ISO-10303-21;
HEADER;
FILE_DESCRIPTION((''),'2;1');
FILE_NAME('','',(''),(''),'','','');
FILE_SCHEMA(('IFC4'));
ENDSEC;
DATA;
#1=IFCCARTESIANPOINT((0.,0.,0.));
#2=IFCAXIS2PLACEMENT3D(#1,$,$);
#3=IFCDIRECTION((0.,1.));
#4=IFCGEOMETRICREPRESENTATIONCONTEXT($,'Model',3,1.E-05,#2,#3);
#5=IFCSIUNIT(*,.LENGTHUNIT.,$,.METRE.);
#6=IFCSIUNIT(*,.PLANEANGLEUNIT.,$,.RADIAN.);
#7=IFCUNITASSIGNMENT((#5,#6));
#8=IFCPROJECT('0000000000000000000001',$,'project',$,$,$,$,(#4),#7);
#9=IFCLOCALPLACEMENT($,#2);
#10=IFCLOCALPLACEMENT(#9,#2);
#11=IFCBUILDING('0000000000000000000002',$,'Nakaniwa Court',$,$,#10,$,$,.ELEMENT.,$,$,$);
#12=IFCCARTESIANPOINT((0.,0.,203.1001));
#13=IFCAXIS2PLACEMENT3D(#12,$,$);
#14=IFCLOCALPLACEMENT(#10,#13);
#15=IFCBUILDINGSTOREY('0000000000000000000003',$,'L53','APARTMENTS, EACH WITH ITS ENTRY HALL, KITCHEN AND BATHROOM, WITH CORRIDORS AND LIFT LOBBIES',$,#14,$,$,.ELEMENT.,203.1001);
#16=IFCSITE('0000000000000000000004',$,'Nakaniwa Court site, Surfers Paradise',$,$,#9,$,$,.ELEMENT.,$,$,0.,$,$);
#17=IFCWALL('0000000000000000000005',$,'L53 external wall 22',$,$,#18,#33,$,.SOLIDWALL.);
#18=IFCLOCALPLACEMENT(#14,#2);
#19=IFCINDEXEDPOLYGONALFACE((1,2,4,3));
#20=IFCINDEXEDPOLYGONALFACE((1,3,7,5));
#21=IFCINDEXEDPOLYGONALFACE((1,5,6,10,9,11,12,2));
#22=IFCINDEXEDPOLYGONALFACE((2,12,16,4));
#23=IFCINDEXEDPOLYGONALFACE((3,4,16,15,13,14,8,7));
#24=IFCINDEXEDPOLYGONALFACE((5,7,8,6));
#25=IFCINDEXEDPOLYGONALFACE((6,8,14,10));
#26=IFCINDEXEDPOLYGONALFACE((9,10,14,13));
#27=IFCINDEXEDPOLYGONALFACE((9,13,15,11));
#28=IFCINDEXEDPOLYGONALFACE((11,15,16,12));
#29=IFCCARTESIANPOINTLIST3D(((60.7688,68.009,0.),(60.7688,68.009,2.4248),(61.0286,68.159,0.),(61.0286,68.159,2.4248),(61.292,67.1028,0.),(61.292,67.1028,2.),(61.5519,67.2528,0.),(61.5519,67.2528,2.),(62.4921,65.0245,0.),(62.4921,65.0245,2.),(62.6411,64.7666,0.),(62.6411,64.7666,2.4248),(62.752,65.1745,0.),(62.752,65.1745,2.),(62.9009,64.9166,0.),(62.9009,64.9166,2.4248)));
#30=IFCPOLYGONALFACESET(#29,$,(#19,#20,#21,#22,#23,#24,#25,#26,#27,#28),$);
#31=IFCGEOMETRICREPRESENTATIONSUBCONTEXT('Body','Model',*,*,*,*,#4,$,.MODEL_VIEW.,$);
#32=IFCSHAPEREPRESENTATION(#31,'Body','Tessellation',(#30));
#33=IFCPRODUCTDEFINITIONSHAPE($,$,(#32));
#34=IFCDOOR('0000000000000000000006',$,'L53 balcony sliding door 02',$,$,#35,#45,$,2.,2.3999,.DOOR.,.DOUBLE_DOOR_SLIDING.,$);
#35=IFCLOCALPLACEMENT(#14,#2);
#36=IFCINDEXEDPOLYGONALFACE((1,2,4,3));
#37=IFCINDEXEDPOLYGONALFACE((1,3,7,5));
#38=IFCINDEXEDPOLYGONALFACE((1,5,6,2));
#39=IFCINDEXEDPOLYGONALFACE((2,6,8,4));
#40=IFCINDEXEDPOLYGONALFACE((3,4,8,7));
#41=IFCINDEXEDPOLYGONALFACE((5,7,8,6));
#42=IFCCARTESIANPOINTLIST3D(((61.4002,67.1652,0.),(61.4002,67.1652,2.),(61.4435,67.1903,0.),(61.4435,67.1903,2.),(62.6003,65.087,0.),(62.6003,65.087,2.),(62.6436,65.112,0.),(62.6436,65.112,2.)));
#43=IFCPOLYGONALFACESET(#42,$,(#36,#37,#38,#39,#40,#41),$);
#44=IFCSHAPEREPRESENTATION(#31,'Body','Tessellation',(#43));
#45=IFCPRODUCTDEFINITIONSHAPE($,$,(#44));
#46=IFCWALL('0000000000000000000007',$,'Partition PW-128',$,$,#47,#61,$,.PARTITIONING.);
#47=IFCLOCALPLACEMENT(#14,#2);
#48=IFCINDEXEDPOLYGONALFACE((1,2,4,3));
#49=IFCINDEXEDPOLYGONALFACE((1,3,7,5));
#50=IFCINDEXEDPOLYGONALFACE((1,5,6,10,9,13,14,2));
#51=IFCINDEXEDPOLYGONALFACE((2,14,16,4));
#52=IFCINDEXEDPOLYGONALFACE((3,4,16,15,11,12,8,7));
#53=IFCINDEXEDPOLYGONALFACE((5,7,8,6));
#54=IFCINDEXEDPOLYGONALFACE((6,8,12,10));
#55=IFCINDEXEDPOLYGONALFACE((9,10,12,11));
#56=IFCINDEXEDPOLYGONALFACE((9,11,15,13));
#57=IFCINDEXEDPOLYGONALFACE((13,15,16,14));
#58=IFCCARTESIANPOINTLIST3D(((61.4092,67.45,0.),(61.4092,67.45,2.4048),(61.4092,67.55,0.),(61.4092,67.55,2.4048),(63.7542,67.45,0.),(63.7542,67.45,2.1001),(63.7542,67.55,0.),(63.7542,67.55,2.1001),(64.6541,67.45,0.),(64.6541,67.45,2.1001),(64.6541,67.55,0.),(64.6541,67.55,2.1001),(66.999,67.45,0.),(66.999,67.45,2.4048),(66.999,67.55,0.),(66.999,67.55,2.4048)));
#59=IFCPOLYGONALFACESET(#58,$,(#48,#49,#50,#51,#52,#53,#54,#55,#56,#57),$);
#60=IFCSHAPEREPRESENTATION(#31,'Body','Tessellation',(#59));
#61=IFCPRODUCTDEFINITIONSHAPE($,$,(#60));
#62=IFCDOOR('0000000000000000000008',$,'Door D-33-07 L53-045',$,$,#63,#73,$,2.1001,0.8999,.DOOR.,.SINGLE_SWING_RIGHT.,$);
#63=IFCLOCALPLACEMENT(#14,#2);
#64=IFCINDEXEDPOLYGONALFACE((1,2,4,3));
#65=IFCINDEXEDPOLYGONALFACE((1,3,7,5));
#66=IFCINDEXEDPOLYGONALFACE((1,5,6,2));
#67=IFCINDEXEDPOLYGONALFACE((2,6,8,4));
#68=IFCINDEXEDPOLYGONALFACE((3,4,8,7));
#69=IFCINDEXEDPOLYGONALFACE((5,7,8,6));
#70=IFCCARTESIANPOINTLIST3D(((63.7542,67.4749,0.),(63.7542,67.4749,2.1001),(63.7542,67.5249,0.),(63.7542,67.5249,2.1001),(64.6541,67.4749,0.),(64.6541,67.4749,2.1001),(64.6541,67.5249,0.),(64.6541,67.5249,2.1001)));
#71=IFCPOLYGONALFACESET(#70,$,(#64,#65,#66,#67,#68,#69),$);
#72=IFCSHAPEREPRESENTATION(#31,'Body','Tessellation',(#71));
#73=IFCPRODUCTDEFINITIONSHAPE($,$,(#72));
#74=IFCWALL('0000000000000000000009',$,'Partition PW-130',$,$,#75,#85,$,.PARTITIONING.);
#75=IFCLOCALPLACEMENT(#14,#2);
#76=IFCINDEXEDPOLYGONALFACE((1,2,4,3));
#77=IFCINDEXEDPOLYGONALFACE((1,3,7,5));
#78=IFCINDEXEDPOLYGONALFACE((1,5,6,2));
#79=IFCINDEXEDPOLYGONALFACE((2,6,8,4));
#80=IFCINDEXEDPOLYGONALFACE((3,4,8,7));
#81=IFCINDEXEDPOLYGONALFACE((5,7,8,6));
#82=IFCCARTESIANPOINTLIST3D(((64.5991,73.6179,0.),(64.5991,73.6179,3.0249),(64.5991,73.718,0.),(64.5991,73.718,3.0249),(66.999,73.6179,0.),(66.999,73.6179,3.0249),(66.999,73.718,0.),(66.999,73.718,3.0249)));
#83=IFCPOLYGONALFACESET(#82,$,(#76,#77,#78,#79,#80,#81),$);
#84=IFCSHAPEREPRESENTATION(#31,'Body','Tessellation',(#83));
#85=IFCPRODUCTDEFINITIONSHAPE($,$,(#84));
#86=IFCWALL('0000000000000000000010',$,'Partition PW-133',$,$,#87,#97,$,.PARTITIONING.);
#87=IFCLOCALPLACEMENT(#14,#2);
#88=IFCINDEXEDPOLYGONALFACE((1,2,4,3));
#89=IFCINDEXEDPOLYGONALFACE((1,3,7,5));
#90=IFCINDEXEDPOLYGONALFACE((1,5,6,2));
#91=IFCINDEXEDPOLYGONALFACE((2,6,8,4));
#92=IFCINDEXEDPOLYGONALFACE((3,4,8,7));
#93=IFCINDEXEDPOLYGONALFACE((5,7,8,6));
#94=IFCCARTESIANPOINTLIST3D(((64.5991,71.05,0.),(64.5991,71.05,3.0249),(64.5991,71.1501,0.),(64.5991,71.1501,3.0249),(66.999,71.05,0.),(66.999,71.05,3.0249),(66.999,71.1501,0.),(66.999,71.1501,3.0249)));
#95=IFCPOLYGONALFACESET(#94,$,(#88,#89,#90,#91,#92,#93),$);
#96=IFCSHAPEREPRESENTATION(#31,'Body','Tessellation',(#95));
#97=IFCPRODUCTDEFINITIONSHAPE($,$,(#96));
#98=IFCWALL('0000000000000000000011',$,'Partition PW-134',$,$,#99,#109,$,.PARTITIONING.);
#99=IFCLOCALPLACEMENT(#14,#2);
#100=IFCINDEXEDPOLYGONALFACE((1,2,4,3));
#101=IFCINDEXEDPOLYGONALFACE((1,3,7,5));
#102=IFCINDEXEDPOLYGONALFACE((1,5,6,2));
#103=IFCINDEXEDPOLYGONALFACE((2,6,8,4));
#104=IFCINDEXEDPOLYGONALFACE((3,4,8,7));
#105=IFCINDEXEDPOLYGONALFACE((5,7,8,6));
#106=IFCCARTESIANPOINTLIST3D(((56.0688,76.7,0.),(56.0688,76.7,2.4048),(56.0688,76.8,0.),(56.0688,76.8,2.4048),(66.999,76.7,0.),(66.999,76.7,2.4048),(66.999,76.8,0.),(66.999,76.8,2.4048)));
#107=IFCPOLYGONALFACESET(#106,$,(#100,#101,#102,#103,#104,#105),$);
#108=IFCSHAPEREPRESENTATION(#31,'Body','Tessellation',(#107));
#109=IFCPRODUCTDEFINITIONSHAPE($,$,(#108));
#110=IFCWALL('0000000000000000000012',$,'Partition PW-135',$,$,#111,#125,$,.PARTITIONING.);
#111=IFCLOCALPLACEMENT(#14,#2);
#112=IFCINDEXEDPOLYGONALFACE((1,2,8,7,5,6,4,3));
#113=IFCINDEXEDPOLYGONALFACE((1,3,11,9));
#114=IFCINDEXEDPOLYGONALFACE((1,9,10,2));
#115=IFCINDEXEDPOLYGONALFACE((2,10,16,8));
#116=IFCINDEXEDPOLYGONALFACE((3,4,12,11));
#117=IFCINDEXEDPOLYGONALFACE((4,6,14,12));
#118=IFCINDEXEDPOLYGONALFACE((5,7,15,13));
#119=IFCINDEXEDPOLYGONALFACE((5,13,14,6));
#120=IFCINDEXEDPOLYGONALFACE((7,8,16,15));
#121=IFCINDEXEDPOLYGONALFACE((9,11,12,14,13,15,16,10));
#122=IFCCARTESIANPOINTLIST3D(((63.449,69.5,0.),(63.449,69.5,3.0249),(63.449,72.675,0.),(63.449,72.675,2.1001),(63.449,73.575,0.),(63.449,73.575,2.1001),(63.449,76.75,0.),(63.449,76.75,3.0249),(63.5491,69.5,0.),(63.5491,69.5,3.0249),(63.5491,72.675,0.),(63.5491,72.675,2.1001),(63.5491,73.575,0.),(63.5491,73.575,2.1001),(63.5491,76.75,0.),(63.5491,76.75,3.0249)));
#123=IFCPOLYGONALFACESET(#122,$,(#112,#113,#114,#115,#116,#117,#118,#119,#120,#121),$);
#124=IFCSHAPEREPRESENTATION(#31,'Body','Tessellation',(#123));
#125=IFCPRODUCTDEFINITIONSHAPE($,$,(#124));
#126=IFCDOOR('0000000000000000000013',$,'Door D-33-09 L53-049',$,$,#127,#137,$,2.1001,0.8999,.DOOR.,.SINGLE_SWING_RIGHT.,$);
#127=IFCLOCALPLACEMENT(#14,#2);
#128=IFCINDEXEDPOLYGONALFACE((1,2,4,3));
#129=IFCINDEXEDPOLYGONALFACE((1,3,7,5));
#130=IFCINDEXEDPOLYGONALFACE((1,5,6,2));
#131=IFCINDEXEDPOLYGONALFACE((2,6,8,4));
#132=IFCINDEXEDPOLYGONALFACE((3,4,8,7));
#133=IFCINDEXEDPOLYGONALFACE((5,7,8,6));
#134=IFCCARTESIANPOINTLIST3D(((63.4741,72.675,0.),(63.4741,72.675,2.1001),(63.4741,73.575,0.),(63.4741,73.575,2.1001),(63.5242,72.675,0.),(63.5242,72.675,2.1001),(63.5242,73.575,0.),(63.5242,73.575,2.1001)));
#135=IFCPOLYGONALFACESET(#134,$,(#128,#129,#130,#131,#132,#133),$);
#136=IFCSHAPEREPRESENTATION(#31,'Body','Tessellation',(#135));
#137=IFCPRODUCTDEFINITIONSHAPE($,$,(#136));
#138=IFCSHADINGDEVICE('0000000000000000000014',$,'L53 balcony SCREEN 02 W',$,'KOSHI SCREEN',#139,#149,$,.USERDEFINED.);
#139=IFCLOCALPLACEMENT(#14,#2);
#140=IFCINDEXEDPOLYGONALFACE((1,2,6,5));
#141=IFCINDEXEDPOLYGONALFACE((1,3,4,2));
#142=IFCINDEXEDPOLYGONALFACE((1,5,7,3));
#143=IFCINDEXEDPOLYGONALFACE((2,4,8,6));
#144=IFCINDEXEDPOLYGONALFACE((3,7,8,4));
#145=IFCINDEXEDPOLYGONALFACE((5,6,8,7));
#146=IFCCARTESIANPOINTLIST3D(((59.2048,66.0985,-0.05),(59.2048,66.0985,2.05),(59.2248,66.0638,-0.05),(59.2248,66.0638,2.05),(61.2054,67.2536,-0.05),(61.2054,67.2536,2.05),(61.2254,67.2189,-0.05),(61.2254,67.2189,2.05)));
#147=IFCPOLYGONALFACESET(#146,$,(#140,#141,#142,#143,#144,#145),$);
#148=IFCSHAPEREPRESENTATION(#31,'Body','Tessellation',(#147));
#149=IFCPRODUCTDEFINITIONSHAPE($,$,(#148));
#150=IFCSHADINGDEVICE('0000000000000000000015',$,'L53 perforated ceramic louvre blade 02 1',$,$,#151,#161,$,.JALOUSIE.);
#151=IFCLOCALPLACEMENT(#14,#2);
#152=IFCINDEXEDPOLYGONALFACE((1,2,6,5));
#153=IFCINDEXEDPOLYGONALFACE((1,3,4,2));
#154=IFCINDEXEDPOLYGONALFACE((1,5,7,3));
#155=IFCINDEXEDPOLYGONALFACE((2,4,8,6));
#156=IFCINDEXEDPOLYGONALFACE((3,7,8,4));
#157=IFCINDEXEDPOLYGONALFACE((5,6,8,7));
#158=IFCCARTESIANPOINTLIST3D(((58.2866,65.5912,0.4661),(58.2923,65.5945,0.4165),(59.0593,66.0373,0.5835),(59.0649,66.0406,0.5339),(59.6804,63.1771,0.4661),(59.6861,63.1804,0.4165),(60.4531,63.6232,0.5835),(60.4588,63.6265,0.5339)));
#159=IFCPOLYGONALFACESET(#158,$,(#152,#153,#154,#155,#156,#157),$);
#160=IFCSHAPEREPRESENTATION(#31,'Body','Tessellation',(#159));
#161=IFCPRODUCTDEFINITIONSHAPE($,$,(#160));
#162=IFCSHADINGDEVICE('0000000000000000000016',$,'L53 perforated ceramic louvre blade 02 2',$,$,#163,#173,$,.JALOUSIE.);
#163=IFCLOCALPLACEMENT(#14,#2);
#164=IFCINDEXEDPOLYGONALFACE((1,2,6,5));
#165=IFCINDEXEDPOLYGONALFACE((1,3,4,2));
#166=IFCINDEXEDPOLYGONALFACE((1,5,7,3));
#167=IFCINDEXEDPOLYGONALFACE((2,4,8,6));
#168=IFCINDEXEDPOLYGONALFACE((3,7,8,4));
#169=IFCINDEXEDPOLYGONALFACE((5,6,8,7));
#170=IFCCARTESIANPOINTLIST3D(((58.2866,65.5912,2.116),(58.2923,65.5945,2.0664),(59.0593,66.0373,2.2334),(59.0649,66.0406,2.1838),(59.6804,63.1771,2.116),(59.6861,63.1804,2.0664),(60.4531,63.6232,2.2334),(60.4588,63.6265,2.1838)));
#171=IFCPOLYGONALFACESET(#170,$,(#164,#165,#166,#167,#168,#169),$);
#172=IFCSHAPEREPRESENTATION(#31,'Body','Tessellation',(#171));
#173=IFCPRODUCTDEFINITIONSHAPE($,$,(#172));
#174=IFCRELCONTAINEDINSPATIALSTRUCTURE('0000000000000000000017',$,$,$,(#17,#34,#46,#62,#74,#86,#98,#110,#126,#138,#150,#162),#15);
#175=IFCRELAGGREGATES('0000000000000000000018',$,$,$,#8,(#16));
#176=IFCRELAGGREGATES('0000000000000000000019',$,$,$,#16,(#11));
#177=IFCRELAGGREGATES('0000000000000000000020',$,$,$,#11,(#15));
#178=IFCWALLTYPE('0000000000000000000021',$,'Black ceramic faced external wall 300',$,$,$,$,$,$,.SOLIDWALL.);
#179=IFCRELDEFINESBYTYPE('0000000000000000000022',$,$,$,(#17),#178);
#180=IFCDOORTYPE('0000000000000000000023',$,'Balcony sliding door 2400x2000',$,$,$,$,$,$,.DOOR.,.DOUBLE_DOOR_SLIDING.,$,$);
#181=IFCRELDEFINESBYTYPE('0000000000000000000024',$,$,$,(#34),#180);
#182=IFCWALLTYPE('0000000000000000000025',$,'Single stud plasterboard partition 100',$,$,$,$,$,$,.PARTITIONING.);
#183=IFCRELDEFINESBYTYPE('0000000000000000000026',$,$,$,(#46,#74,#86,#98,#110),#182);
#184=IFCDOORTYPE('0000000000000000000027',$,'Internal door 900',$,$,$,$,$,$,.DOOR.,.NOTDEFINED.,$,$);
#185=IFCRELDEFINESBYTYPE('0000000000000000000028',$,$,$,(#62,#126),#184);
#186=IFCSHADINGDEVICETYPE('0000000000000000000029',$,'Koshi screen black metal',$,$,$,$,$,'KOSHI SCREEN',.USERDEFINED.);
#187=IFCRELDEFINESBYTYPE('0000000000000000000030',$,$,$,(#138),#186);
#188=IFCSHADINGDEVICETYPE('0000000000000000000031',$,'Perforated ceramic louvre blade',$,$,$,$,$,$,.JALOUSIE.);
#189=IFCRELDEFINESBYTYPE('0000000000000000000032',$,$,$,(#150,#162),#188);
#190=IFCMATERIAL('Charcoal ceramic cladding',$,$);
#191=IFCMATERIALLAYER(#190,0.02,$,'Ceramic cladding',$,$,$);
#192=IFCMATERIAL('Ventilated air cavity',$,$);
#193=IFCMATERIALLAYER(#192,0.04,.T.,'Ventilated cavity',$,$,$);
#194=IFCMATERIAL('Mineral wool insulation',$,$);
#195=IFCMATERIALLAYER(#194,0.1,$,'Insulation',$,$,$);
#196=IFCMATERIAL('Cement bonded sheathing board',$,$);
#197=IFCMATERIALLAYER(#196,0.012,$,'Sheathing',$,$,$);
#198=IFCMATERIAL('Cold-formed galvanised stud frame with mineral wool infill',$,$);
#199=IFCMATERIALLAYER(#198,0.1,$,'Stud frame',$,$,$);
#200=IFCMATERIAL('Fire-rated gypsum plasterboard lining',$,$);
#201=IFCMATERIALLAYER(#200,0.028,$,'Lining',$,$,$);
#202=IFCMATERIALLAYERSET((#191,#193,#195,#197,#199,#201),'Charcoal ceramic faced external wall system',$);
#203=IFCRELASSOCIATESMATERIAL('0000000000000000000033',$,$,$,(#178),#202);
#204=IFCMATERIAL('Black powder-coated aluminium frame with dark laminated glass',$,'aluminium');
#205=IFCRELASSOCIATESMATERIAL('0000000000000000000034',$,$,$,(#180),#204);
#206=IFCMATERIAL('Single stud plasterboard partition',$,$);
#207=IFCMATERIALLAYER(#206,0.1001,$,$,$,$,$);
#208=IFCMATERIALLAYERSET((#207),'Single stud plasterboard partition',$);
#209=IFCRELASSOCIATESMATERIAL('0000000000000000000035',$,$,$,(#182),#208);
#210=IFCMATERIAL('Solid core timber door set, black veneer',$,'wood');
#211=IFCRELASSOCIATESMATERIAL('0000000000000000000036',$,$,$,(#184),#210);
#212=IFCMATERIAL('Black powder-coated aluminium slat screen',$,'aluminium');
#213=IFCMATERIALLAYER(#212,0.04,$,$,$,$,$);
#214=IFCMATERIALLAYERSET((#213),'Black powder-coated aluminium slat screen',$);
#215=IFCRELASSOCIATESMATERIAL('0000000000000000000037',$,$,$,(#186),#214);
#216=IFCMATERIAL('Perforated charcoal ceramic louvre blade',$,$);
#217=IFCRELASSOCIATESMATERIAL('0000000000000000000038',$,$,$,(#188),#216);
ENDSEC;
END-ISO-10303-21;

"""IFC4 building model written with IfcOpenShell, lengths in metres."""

from ifc_helpers import new_model, si_unit, direction, frame, frame_2d, origin, origin_2d, place, context, subcontext, project, spatial, rectangle, extrude, material, layer, layer_set, material_profile, profile_set, type_object, element, fill, save


model = new_model("IFC4")

# Units and contexts
model_context = context("Model", 3, precision=1e-05, world=origin(), true_north=direction((0.0, 1.0)))
body_context = subcontext(model_context, "Body", "Model", "MODEL_VIEW")
ifc_project = project(units=[si_unit("LENGTHUNIT", "METRE"), si_unit("PLANEANGLEUNIT", "RADIAN")], contexts=[model_context])

# Site, building, storey
site_placement = place(None, origin())
site = spatial("IfcSite", under=ifc_project, at=site_placement, Name="Nakaniwa Court site, Surfers Paradise", CompositionType="ELEMENT", RefElevation=0.0)
building_placement = place(site_placement, origin())
building = spatial("IfcBuilding", under=site, at=building_placement, Name="Nakaniwa Court", CompositionType="ELEMENT")
storey_placement = place(building_placement, frame((0.0, 0.0, 203.1001)))
storey = spatial("IfcBuildingStorey", under=building, at=storey_placement, Name="L53", Description="APARTMENTS, EACH WITH ITS ENTRY HALL, KITCHEN AND BATHROOM, WITH CORRIDORS AND LIFT LOBBIES", CompositionType="ELEMENT", Elevation=203.1001)

# Shared definitions
ifc_material_1 = material(Name="Charcoal ceramic cladding")
ifc_layer_1 = layer(ifc_material_1, 0.02, Name="Ceramic cladding")
ifc_material_2 = material(Name="Ventilated air cavity")
ifc_layer_2 = layer(ifc_material_2, 0.04, ventilated=True, Name="Ventilated cavity")
ifc_material_3 = material(Name="Mineral wool insulation")
ifc_layer_3 = layer(ifc_material_3, 0.1, Name="Insulation")
ifc_material_4 = material(Name="Cement bonded sheathing board")
ifc_layer_4 = layer(ifc_material_4, 0.012, Name="Sheathing")
ifc_material_5 = material(Name="Cold-formed galvanised stud frame with mineral wool infill")
ifc_layer_5 = layer(ifc_material_5, 0.1, Name="Stud frame")
ifc_material_6 = material(Name="Fire-rated gypsum plasterboard lining")
ifc_layer_6 = layer(ifc_material_6, 0.028, Name="Lining")
ifc_layer_set_1 = layer_set([ifc_layer_1, ifc_layer_2, ifc_layer_3, ifc_layer_4, ifc_layer_5, ifc_layer_6], Name="Charcoal ceramic faced external wall system")
wall_type_1 = type_object("IfcWallType", Name="Black ceramic faced external wall 300", PredefinedType="SOLIDWALL", material=ifc_layer_set_1)

# Walls, openings, doors
wall_1_placement = place(storey_placement, frame((60.8987, 68.084, 0.0), z_axis=(0.0, 0.0, 1.0), x_axis=(0.500059, -0.865991, 0.0)))
wall_1 = element("IfcWall", 1, at=wall_1_placement, inside=storey, type_object=wall_type_1, Name="L53 external wall 22", PredefinedType="SOLIDWALL", context=body_context, shape_type="SweptSolid", body=[
    extrude(rectangle(XDim=3.7441, YDim=0.3, at=frame_2d((1.8721, 0.0))), origin(), (0.0, 0.0, 1.0), 2.4248),
])
opening_1_placement = place(wall_1_placement, frame((1.0464, 0.0, 0.0)))
opening_1 = element("IfcOpeningElement", 2, at=opening_1_placement, cuts=wall_1, PredefinedType="OPENING", context=body_context, shape_type="SweptSolid", body=[
    extrude(rectangle(XDim=2.3999, YDim=2.0, at=frame_2d((1.2, 1.0))), frame((0.0, 0.1599, 0.0), z_axis=(0.0, -1.0, 0.0), x_axis=(1.0, 0.0, 0.0)), (0.0, 0.0, 1.0), 0.3201),
])
ifc_material_7 = material(Name="Black powder-coated aluminium frame with dark laminated glass", Category="aluminium")
door_type_1 = type_object("IfcDoorType", Name="Balcony sliding door 2400x2000", OperationType="DOUBLE_DOOR_SLIDING", PredefinedType="DOOR", material=ifc_material_7)
door_1_placement = place(opening_1_placement, origin())
door_1 = element("IfcDoor", 3, at=door_1_placement, inside=storey, type_object=door_type_1, Name="L53 balcony sliding door 02", OperationType="DOUBLE_DOOR_SLIDING", OverallHeight=2.0, OverallWidth=2.3999, PredefinedType="DOOR", context=body_context, shape_type="SweptSolid", body=[
    extrude(rectangle(XDim=2.3999, YDim=2.0, at=frame_2d((1.2, 1.0))), frame((0.0, 0.0249, 0.0), z_axis=(0.0, -1.0, 0.0), x_axis=(1.0, 0.0, 0.0)), (0.0, 0.0, 1.0), 0.05),
])
fill(opening_1, door_1)
ifc_material_8 = material(Name="Single stud plasterboard partition")
ifc_layer_7 = layer(ifc_material_8, 0.1001)
ifc_layer_set_2 = layer_set([ifc_layer_7], Name="Single stud plasterboard partition")
wall_type_2 = type_object("IfcWallType", Name="Single stud plasterboard partition 100", PredefinedType="PARTITIONING", material=ifc_layer_set_2)
wall_2_placement = place(storey_placement, frame((61.4092, 67.5, 0.0), z_axis=(0.0, 0.0, 1.0), x_axis=(1.0, 0.0, 0.0)))
wall_2 = element("IfcWall", 4, at=wall_2_placement, inside=storey, type_object=wall_type_2, Name="Partition PW-128", PredefinedType="PARTITIONING", context=body_context, shape_type="SweptSolid", body=[
    extrude(rectangle(XDim=5.5898, YDim=0.1001, at=frame_2d((2.7949, 0.0))), origin(), (0.0, 0.0, 1.0), 2.4048),
])
opening_2_placement = place(wall_2_placement, frame((2.345, 0.0, 0.0)))
opening_2 = element("IfcOpeningElement", 5, at=opening_2_placement, cuts=wall_2, PredefinedType="OPENING", context=body_context, shape_type="SweptSolid", body=[
    extrude(rectangle(XDim=0.8999, YDim=2.1001, at=frame_2d((0.45, 1.05))), frame((0.0, 0.0601, 0.0), z_axis=(0.0, -1.0, 0.0), x_axis=(1.0, 0.0, 0.0)), (0.0, 0.0, 1.0), 0.1201),
])
ifc_material_9 = material(Name="Solid core timber door set, black veneer", Category="wood")
door_type_2 = type_object("IfcDoorType", Name="Internal door 900", OperationType="NOTDEFINED", PredefinedType="DOOR", material=ifc_material_9)
door_2_placement = place(opening_2_placement, origin())
door_2 = element("IfcDoor", 6, at=door_2_placement, inside=storey, type_object=door_type_2, Name="Door D-33-07 L53-045", OperationType="SINGLE_SWING_RIGHT", OverallHeight=2.1001, OverallWidth=0.8999, PredefinedType="DOOR", context=body_context, shape_type="SweptSolid", body=[
    extrude(rectangle(XDim=0.8999, YDim=2.1001, at=frame_2d((0.45, 1.05))), frame((0.0, 0.0249, 0.0), z_axis=(0.0, -1.0, 0.0), x_axis=(1.0, 0.0, 0.0)), (0.0, 0.0, 1.0), 0.05),
])
fill(opening_2, door_2)

# Walls
for number, where, z_axis, x_axis, name in (
    (7, (64.5991, 73.668, 0.0), (0.0, 0.0, 1.0), (1.0, 0.0, 0.0), "Partition PW-130"),
    (8, (64.5991, 71.1001, 0.0), (0.0, 0.0, 1.0), (1.0, 0.0, 0.0), "Partition PW-133"),
):
    element("IfcWall", number, at=place(storey_placement, frame(where, z_axis=z_axis, x_axis=x_axis)), inside=storey, type_object=wall_type_2, Name=name, PredefinedType="PARTITIONING", context=body_context, shape_type="SweptSolid", body=[
        extrude(rectangle(XDim=2.3999, YDim=0.1001, at=frame_2d((1.2, 0.0))), origin(), (0.0, 0.0, 1.0), 3.0249),
    ])
wall_3_placement = place(storey_placement, frame((56.0688, 76.75, 0.0), z_axis=(0.0, 0.0, 1.0), x_axis=(1.0, 0.0, 0.0)))
element("IfcWall", 9, at=wall_3_placement, inside=storey, type_object=wall_type_2, Name="Partition PW-134", PredefinedType="PARTITIONING", context=body_context, shape_type="SweptSolid", body=[
    extrude(rectangle(XDim=10.9302, YDim=0.1001, at=frame_2d((5.4651, 0.0))), origin(), (0.0, 0.0, 1.0), 2.4048),
])

# Wall, opening, door
wall_4_placement = place(storey_placement, frame((63.499, 69.5, 0.0), z_axis=(0.0, 0.0, 1.0), x_axis=(0.0, 1.0, 0.0)))
wall_4 = element("IfcWall", 10, at=wall_4_placement, inside=storey, type_object=wall_type_2, Name="Partition PW-135", PredefinedType="PARTITIONING", context=body_context, shape_type="SweptSolid", body=[
    extrude(rectangle(XDim=7.25, YDim=0.1001, at=frame_2d((3.625, 0.0))), origin(), (0.0, 0.0, 1.0), 3.0249),
])
opening_3_placement = place(wall_4_placement, frame((3.175, 0.0, 0.0)))
opening_3 = element("IfcOpeningElement", 11, at=opening_3_placement, cuts=wall_4, PredefinedType="OPENING", context=body_context, shape_type="SweptSolid", body=[
    extrude(rectangle(XDim=0.8999, YDim=2.1001, at=frame_2d((0.45, 1.05))), frame((0.0, 0.0601, 0.0), z_axis=(0.0, -1.0, 0.0), x_axis=(1.0, 0.0, 0.0)), (0.0, 0.0, 1.0), 0.1201),
])
door_3_placement = place(opening_3_placement, origin())
door_3 = element("IfcDoor", 12, at=door_3_placement, inside=storey, type_object=door_type_2, Name="Door D-33-09 L53-049", OperationType="SINGLE_SWING_RIGHT", OverallHeight=2.1001, OverallWidth=0.8999, PredefinedType="DOOR", context=body_context, shape_type="SweptSolid", body=[
    extrude(rectangle(XDim=0.8999, YDim=2.1001, at=frame_2d((0.45, 1.05))), frame((0.0, 0.0249, 0.0), z_axis=(0.0, -1.0, 0.0), x_axis=(1.0, 0.0, 0.0)), (0.0, 0.0, 1.0), 0.05),
])
fill(opening_3, door_3)

# Shading devices
ifc_material_10 = material(Name="Black powder-coated aluminium slat screen", Category="aluminium")
ifc_layer_8 = layer(ifc_material_10, 0.04)
ifc_layer_set_3 = layer_set([ifc_layer_8], Name="Black powder-coated aluminium slat screen")
shading_device_type_1 = type_object("IfcShadingDeviceType", Name="Koshi screen black metal", ElementType="KOSHI SCREEN", PredefinedType="USERDEFINED", material=ifc_layer_set_3)
shading_device_placement = place(storey_placement, frame((60.2151, 66.6587, -0.05), z_axis=(0.0, 0.0, 1.0), x_axis=(0.500017, -0.866016, 0.0)))
element("IfcShadingDevice", 13, at=shading_device_placement, inside=storey, type_object=shading_device_type_1, Name="L53 balcony SCREEN 02 W", ObjectType="KOSHI SCREEN", PredefinedType="USERDEFINED", context=body_context, shape_type="SweptSolid", body=[
    extrude(rectangle(XDim=0.04, YDim=2.3101, at=origin_2d()), origin(), (0.0, 0.0, 1.0), 2.1001),
])
ifc_material_11 = material(Name="Perforated charcoal ceramic louvre blade")
ifc_material_profile_1 = material_profile(ifc_material_11, rectangle(XDim=0.8999, YDim=0.05, at=origin_2d()), Name="Perforated ceramic louvre blade")
ifc_profile_set_1 = profile_set([ifc_material_profile_1], Name="Perforated charcoal ceramic louvre blade")
shading_device_type_2 = type_object("IfcShadingDeviceType", Name="Perforated ceramic louvre blade", PredefinedType="JALOUSIE", material=ifc_profile_set_1)
for number, where, z_axis, x_axis, name in (
    (14, (58.6758, 65.8159, 0.5), (0.500011, -0.866019, 0.0), (0.85861, 0.495733, 0.130526), "L53 perforated ceramic louvre blade 02 1"),
    (15, (58.6758, 65.8159, 2.1499), (0.500011, -0.866019, 0.0), (0.85861, 0.495733, 0.130526), "L53 perforated ceramic louvre blade 02 2"),
):
    element("IfcShadingDevice", number, at=place(storey_placement, frame(where, z_axis=z_axis, x_axis=x_axis)), inside=storey, type_object=shading_device_type_2, Name=name, PredefinedType="JALOUSIE", context=body_context, shape_type="SweptSolid", body=[
        extrude(rectangle(XDim=0.8999, YDim=0.05, at=origin_2d()), origin(), (0.0, 0.0, 1.0), 2.7876),
    ])

save(model, "model.ifc")
